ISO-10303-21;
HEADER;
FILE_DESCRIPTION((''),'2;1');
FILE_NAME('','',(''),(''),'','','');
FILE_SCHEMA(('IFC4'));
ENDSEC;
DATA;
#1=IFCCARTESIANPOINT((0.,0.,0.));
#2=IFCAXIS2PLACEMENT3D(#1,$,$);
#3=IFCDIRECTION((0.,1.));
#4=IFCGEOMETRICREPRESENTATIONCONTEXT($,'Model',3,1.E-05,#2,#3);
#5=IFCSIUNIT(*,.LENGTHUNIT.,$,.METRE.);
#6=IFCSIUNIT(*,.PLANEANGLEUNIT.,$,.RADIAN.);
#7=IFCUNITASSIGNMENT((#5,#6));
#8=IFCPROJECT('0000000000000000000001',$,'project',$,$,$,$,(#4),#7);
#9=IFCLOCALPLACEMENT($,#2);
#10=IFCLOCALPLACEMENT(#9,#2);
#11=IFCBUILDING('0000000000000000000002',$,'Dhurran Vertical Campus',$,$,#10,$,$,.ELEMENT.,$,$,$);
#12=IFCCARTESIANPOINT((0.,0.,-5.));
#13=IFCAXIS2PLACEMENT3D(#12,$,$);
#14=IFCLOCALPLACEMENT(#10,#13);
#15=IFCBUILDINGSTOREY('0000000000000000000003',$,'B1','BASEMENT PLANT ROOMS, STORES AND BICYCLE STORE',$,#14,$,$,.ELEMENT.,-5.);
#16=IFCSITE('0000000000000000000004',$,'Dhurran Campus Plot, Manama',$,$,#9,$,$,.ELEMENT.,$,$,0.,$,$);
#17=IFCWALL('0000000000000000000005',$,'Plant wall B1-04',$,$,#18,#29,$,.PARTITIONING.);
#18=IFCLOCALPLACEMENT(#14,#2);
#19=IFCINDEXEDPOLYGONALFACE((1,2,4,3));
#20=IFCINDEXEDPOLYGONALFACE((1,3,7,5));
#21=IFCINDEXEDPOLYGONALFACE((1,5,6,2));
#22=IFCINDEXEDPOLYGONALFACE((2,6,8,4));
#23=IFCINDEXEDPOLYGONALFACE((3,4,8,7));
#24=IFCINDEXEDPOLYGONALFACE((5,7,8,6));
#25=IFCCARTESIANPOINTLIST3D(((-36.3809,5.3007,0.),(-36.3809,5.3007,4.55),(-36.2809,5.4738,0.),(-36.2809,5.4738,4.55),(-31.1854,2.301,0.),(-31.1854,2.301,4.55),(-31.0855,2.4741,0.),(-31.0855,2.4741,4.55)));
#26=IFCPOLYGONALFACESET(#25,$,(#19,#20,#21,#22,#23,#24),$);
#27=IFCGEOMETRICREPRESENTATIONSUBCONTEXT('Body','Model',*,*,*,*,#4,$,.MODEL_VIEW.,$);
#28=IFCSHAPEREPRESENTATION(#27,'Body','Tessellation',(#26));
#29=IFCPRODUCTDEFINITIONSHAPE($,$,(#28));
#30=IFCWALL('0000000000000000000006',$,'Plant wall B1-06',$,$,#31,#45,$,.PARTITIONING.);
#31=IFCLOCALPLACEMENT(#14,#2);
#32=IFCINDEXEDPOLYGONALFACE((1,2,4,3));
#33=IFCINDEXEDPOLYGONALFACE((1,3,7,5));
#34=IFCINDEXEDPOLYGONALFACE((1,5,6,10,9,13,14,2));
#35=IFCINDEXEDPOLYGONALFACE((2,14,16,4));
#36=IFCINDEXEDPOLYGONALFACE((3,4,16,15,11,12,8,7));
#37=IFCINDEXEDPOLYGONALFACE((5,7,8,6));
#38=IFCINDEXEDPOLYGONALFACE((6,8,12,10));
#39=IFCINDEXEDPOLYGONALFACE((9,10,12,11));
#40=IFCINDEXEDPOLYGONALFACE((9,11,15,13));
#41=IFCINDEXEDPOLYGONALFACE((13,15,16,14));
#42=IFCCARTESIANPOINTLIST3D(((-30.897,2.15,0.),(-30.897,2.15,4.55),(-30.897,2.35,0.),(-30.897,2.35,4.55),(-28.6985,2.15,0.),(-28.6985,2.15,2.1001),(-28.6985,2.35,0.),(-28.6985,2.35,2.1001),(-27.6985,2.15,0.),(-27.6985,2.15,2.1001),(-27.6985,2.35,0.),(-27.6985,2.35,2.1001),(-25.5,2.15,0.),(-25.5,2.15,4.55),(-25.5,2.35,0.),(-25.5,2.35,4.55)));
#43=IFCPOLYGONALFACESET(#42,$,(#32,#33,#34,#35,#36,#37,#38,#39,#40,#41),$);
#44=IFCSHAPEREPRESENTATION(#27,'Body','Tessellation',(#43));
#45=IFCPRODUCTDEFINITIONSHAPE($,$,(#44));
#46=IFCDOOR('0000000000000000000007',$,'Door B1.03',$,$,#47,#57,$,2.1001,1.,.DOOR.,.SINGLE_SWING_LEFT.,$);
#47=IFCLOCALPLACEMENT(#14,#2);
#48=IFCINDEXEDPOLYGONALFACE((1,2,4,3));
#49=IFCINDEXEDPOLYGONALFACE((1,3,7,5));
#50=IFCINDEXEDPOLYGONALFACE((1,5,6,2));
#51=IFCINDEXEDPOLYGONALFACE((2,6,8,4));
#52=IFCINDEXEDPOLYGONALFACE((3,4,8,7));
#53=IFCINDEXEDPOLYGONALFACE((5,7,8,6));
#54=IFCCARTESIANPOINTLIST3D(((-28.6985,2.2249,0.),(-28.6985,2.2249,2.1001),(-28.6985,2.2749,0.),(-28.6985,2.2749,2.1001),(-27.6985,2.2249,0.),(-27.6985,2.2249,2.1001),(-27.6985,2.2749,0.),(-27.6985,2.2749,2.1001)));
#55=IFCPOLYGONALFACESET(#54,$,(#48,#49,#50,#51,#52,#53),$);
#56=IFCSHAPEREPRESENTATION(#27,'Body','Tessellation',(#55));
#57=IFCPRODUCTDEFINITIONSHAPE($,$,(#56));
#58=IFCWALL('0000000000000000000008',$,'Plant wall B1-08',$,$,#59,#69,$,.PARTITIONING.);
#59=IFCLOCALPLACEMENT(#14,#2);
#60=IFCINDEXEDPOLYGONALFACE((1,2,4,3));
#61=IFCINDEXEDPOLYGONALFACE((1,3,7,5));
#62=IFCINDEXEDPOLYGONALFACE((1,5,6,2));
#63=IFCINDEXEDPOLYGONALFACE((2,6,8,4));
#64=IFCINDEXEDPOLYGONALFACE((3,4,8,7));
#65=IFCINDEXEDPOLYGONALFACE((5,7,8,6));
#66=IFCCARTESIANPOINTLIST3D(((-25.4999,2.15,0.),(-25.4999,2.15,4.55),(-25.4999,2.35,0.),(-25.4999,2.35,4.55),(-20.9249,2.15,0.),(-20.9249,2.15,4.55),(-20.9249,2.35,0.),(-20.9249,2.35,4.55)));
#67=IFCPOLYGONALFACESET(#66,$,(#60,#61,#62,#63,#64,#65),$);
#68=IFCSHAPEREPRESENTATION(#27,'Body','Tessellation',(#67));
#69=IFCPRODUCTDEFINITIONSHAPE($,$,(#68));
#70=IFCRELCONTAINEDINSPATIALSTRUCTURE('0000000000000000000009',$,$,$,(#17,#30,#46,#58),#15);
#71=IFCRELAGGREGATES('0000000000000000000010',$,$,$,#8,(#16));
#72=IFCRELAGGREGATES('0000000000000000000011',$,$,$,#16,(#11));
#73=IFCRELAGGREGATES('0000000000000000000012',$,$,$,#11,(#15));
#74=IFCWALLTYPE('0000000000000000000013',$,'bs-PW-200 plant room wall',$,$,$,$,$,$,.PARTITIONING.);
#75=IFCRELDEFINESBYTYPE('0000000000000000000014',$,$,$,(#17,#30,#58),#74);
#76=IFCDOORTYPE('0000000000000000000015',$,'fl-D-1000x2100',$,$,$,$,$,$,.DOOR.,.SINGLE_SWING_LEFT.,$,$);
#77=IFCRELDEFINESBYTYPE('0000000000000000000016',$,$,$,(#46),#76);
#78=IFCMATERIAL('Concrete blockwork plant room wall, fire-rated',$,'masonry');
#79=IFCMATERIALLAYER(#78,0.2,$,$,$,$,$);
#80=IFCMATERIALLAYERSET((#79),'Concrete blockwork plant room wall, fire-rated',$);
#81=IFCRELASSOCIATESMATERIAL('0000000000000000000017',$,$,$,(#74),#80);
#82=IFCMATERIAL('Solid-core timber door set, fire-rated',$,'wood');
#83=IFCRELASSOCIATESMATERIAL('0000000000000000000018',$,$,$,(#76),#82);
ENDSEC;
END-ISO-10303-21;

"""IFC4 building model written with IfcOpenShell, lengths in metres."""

from ifc_helpers import new_model, si_unit, direction, frame, frame_2d, origin, place, context, subcontext, project, spatial, rectangle, extrude, material, layer, layer_set, type_object, element, fill, save


model = new_model("IFC4")

# Units and contexts
model_context = context("Model", 3, precision=1e-05, world=origin(), true_north=direction((0.0, 1.0)))
body_context = subcontext(model_context, "Body", "Model", "MODEL_VIEW")
ifc_project = project(units=[si_unit("LENGTHUNIT", "METRE"), si_unit("PLANEANGLEUNIT", "RADIAN")], contexts=[model_context])

# Site, building, storey
site_placement = place(None, origin())
site = spatial("IfcSite", under=ifc_project, at=site_placement, Name="Dhurran Campus Plot, Manama", CompositionType="ELEMENT", RefElevation=0.0)
building_placement = place(site_placement, origin())
building = spatial("IfcBuilding", under=site, at=building_placement, Name="Dhurran Vertical Campus", CompositionType="ELEMENT")
storey_placement = place(building_placement, frame((0.0, 0.0, -5.0)))
storey = spatial("IfcBuildingStorey", under=building, at=storey_placement, Name="B1", Description="BASEMENT PLANT ROOMS, STORES AND BICYCLE STORE", CompositionType="ELEMENT", Elevation=-5.0)

# Shared definitions
ifc_material_1 = material(Name="Concrete blockwork plant room wall, fire-rated", Category="masonry")
ifc_layer = layer(ifc_material_1, 0.2)
ifc_layer_set = layer_set([ifc_layer], Name="Concrete blockwork plant room wall, fire-rated")
wall_type = type_object("IfcWallType", Name="bs-PW-200 plant room wall", PredefinedType="PARTITIONING", material=ifc_layer_set)
ifc_material_2 = material(Name="Solid-core timber door set, fire-rated", Category="wood")
door_type = type_object("IfcDoorType", Name="fl-D-1000x2100", OperationType="SINGLE_SWING_LEFT", PredefinedType="DOOR", material=ifc_material_2)

# Wall
wall_1_placement = place(storey_placement, frame((-36.3308, 5.3872, 0.0), z_axis=(0.0, 0.0, 1.0), x_axis=(0.866018, -0.500012, 0.0)))
element("IfcWall", 1, at=wall_1_placement, inside=storey, type_object=wall_type, Name="Plant wall B1-04", PredefinedType="PARTITIONING", context=body_context, shape_type="SweptSolid", body=[
    extrude(rectangle(XDim=5.9993, YDim=0.2, at=frame_2d((2.9995, 0.0))), origin(), (0.0, 0.0, 1.0), 4.55),
])

# Wall, opening, door
wall_2_placement = place(storey_placement, frame((-30.897, 2.25, 0.0), z_axis=(0.0, 0.0, 1.0), x_axis=(1.0, 0.0, 0.0)))
wall_2 = element("IfcWall", 2, at=wall_2_placement, inside=storey, type_object=wall_type, Name="Plant wall B1-06", PredefinedType="PARTITIONING", context=body_context, shape_type="SweptSolid", body=[
    extrude(rectangle(XDim=5.397, YDim=0.2, at=frame_2d((2.6985, 0.0))), origin(), (0.0, 0.0, 1.0), 4.55),
])
opening_1_placement = place(wall_2_placement, frame((2.1985, 0.0, 0.0)))
opening_1 = element("IfcOpeningElement", 3, at=opening_1_placement, cuts=wall_2, PredefinedType="OPENING", context=body_context, shape_type="SweptSolid", body=[
    extrude(rectangle(XDim=1.0, YDim=2.1001, at=frame_2d((0.5, 1.05))), frame((0.0, 0.1099, 0.0), z_axis=(0.0, -1.0, 0.0), x_axis=(1.0, 0.0, 0.0)), (0.0, 0.0, 1.0), 0.22),
])
door_1_placement = place(opening_1_placement, origin())
door_1 = element("IfcDoor", 4, at=door_1_placement, inside=storey, type_object=door_type, Name="Door B1.03", OperationType="SINGLE_SWING_LEFT", OverallHeight=2.1001, OverallWidth=1.0, PredefinedType="DOOR", context=body_context, shape_type="SweptSolid", body=[
    extrude(rectangle(XDim=1.0, YDim=2.1001, at=frame_2d((0.5, 1.05))), frame((0.0, 0.0249, 0.0), z_axis=(0.0, -1.0, 0.0), x_axis=(1.0, 0.0, 0.0)), (0.0, 0.0, 1.0), 0.05),
])
fill(opening_1, door_1)

# Wall
wall_3_placement = place(storey_placement, frame((-25.5, 2.25, 0.0), z_axis=(0.0, 0.0, 1.0), x_axis=(1.0, 0.0, 0.0)))
element("IfcWall", 5, at=wall_3_placement, inside=storey, type_object=wall_type, Name="Plant wall B1-08", PredefinedType="PARTITIONING", context=body_context, shape_type="SweptSolid", body=[
    extrude(rectangle(XDim=4.575, YDim=0.2, at=frame_2d((2.2876, 0.0))), origin(), (0.0, 0.0, 1.0), 4.55),
])

save(model, "model.ifc")
